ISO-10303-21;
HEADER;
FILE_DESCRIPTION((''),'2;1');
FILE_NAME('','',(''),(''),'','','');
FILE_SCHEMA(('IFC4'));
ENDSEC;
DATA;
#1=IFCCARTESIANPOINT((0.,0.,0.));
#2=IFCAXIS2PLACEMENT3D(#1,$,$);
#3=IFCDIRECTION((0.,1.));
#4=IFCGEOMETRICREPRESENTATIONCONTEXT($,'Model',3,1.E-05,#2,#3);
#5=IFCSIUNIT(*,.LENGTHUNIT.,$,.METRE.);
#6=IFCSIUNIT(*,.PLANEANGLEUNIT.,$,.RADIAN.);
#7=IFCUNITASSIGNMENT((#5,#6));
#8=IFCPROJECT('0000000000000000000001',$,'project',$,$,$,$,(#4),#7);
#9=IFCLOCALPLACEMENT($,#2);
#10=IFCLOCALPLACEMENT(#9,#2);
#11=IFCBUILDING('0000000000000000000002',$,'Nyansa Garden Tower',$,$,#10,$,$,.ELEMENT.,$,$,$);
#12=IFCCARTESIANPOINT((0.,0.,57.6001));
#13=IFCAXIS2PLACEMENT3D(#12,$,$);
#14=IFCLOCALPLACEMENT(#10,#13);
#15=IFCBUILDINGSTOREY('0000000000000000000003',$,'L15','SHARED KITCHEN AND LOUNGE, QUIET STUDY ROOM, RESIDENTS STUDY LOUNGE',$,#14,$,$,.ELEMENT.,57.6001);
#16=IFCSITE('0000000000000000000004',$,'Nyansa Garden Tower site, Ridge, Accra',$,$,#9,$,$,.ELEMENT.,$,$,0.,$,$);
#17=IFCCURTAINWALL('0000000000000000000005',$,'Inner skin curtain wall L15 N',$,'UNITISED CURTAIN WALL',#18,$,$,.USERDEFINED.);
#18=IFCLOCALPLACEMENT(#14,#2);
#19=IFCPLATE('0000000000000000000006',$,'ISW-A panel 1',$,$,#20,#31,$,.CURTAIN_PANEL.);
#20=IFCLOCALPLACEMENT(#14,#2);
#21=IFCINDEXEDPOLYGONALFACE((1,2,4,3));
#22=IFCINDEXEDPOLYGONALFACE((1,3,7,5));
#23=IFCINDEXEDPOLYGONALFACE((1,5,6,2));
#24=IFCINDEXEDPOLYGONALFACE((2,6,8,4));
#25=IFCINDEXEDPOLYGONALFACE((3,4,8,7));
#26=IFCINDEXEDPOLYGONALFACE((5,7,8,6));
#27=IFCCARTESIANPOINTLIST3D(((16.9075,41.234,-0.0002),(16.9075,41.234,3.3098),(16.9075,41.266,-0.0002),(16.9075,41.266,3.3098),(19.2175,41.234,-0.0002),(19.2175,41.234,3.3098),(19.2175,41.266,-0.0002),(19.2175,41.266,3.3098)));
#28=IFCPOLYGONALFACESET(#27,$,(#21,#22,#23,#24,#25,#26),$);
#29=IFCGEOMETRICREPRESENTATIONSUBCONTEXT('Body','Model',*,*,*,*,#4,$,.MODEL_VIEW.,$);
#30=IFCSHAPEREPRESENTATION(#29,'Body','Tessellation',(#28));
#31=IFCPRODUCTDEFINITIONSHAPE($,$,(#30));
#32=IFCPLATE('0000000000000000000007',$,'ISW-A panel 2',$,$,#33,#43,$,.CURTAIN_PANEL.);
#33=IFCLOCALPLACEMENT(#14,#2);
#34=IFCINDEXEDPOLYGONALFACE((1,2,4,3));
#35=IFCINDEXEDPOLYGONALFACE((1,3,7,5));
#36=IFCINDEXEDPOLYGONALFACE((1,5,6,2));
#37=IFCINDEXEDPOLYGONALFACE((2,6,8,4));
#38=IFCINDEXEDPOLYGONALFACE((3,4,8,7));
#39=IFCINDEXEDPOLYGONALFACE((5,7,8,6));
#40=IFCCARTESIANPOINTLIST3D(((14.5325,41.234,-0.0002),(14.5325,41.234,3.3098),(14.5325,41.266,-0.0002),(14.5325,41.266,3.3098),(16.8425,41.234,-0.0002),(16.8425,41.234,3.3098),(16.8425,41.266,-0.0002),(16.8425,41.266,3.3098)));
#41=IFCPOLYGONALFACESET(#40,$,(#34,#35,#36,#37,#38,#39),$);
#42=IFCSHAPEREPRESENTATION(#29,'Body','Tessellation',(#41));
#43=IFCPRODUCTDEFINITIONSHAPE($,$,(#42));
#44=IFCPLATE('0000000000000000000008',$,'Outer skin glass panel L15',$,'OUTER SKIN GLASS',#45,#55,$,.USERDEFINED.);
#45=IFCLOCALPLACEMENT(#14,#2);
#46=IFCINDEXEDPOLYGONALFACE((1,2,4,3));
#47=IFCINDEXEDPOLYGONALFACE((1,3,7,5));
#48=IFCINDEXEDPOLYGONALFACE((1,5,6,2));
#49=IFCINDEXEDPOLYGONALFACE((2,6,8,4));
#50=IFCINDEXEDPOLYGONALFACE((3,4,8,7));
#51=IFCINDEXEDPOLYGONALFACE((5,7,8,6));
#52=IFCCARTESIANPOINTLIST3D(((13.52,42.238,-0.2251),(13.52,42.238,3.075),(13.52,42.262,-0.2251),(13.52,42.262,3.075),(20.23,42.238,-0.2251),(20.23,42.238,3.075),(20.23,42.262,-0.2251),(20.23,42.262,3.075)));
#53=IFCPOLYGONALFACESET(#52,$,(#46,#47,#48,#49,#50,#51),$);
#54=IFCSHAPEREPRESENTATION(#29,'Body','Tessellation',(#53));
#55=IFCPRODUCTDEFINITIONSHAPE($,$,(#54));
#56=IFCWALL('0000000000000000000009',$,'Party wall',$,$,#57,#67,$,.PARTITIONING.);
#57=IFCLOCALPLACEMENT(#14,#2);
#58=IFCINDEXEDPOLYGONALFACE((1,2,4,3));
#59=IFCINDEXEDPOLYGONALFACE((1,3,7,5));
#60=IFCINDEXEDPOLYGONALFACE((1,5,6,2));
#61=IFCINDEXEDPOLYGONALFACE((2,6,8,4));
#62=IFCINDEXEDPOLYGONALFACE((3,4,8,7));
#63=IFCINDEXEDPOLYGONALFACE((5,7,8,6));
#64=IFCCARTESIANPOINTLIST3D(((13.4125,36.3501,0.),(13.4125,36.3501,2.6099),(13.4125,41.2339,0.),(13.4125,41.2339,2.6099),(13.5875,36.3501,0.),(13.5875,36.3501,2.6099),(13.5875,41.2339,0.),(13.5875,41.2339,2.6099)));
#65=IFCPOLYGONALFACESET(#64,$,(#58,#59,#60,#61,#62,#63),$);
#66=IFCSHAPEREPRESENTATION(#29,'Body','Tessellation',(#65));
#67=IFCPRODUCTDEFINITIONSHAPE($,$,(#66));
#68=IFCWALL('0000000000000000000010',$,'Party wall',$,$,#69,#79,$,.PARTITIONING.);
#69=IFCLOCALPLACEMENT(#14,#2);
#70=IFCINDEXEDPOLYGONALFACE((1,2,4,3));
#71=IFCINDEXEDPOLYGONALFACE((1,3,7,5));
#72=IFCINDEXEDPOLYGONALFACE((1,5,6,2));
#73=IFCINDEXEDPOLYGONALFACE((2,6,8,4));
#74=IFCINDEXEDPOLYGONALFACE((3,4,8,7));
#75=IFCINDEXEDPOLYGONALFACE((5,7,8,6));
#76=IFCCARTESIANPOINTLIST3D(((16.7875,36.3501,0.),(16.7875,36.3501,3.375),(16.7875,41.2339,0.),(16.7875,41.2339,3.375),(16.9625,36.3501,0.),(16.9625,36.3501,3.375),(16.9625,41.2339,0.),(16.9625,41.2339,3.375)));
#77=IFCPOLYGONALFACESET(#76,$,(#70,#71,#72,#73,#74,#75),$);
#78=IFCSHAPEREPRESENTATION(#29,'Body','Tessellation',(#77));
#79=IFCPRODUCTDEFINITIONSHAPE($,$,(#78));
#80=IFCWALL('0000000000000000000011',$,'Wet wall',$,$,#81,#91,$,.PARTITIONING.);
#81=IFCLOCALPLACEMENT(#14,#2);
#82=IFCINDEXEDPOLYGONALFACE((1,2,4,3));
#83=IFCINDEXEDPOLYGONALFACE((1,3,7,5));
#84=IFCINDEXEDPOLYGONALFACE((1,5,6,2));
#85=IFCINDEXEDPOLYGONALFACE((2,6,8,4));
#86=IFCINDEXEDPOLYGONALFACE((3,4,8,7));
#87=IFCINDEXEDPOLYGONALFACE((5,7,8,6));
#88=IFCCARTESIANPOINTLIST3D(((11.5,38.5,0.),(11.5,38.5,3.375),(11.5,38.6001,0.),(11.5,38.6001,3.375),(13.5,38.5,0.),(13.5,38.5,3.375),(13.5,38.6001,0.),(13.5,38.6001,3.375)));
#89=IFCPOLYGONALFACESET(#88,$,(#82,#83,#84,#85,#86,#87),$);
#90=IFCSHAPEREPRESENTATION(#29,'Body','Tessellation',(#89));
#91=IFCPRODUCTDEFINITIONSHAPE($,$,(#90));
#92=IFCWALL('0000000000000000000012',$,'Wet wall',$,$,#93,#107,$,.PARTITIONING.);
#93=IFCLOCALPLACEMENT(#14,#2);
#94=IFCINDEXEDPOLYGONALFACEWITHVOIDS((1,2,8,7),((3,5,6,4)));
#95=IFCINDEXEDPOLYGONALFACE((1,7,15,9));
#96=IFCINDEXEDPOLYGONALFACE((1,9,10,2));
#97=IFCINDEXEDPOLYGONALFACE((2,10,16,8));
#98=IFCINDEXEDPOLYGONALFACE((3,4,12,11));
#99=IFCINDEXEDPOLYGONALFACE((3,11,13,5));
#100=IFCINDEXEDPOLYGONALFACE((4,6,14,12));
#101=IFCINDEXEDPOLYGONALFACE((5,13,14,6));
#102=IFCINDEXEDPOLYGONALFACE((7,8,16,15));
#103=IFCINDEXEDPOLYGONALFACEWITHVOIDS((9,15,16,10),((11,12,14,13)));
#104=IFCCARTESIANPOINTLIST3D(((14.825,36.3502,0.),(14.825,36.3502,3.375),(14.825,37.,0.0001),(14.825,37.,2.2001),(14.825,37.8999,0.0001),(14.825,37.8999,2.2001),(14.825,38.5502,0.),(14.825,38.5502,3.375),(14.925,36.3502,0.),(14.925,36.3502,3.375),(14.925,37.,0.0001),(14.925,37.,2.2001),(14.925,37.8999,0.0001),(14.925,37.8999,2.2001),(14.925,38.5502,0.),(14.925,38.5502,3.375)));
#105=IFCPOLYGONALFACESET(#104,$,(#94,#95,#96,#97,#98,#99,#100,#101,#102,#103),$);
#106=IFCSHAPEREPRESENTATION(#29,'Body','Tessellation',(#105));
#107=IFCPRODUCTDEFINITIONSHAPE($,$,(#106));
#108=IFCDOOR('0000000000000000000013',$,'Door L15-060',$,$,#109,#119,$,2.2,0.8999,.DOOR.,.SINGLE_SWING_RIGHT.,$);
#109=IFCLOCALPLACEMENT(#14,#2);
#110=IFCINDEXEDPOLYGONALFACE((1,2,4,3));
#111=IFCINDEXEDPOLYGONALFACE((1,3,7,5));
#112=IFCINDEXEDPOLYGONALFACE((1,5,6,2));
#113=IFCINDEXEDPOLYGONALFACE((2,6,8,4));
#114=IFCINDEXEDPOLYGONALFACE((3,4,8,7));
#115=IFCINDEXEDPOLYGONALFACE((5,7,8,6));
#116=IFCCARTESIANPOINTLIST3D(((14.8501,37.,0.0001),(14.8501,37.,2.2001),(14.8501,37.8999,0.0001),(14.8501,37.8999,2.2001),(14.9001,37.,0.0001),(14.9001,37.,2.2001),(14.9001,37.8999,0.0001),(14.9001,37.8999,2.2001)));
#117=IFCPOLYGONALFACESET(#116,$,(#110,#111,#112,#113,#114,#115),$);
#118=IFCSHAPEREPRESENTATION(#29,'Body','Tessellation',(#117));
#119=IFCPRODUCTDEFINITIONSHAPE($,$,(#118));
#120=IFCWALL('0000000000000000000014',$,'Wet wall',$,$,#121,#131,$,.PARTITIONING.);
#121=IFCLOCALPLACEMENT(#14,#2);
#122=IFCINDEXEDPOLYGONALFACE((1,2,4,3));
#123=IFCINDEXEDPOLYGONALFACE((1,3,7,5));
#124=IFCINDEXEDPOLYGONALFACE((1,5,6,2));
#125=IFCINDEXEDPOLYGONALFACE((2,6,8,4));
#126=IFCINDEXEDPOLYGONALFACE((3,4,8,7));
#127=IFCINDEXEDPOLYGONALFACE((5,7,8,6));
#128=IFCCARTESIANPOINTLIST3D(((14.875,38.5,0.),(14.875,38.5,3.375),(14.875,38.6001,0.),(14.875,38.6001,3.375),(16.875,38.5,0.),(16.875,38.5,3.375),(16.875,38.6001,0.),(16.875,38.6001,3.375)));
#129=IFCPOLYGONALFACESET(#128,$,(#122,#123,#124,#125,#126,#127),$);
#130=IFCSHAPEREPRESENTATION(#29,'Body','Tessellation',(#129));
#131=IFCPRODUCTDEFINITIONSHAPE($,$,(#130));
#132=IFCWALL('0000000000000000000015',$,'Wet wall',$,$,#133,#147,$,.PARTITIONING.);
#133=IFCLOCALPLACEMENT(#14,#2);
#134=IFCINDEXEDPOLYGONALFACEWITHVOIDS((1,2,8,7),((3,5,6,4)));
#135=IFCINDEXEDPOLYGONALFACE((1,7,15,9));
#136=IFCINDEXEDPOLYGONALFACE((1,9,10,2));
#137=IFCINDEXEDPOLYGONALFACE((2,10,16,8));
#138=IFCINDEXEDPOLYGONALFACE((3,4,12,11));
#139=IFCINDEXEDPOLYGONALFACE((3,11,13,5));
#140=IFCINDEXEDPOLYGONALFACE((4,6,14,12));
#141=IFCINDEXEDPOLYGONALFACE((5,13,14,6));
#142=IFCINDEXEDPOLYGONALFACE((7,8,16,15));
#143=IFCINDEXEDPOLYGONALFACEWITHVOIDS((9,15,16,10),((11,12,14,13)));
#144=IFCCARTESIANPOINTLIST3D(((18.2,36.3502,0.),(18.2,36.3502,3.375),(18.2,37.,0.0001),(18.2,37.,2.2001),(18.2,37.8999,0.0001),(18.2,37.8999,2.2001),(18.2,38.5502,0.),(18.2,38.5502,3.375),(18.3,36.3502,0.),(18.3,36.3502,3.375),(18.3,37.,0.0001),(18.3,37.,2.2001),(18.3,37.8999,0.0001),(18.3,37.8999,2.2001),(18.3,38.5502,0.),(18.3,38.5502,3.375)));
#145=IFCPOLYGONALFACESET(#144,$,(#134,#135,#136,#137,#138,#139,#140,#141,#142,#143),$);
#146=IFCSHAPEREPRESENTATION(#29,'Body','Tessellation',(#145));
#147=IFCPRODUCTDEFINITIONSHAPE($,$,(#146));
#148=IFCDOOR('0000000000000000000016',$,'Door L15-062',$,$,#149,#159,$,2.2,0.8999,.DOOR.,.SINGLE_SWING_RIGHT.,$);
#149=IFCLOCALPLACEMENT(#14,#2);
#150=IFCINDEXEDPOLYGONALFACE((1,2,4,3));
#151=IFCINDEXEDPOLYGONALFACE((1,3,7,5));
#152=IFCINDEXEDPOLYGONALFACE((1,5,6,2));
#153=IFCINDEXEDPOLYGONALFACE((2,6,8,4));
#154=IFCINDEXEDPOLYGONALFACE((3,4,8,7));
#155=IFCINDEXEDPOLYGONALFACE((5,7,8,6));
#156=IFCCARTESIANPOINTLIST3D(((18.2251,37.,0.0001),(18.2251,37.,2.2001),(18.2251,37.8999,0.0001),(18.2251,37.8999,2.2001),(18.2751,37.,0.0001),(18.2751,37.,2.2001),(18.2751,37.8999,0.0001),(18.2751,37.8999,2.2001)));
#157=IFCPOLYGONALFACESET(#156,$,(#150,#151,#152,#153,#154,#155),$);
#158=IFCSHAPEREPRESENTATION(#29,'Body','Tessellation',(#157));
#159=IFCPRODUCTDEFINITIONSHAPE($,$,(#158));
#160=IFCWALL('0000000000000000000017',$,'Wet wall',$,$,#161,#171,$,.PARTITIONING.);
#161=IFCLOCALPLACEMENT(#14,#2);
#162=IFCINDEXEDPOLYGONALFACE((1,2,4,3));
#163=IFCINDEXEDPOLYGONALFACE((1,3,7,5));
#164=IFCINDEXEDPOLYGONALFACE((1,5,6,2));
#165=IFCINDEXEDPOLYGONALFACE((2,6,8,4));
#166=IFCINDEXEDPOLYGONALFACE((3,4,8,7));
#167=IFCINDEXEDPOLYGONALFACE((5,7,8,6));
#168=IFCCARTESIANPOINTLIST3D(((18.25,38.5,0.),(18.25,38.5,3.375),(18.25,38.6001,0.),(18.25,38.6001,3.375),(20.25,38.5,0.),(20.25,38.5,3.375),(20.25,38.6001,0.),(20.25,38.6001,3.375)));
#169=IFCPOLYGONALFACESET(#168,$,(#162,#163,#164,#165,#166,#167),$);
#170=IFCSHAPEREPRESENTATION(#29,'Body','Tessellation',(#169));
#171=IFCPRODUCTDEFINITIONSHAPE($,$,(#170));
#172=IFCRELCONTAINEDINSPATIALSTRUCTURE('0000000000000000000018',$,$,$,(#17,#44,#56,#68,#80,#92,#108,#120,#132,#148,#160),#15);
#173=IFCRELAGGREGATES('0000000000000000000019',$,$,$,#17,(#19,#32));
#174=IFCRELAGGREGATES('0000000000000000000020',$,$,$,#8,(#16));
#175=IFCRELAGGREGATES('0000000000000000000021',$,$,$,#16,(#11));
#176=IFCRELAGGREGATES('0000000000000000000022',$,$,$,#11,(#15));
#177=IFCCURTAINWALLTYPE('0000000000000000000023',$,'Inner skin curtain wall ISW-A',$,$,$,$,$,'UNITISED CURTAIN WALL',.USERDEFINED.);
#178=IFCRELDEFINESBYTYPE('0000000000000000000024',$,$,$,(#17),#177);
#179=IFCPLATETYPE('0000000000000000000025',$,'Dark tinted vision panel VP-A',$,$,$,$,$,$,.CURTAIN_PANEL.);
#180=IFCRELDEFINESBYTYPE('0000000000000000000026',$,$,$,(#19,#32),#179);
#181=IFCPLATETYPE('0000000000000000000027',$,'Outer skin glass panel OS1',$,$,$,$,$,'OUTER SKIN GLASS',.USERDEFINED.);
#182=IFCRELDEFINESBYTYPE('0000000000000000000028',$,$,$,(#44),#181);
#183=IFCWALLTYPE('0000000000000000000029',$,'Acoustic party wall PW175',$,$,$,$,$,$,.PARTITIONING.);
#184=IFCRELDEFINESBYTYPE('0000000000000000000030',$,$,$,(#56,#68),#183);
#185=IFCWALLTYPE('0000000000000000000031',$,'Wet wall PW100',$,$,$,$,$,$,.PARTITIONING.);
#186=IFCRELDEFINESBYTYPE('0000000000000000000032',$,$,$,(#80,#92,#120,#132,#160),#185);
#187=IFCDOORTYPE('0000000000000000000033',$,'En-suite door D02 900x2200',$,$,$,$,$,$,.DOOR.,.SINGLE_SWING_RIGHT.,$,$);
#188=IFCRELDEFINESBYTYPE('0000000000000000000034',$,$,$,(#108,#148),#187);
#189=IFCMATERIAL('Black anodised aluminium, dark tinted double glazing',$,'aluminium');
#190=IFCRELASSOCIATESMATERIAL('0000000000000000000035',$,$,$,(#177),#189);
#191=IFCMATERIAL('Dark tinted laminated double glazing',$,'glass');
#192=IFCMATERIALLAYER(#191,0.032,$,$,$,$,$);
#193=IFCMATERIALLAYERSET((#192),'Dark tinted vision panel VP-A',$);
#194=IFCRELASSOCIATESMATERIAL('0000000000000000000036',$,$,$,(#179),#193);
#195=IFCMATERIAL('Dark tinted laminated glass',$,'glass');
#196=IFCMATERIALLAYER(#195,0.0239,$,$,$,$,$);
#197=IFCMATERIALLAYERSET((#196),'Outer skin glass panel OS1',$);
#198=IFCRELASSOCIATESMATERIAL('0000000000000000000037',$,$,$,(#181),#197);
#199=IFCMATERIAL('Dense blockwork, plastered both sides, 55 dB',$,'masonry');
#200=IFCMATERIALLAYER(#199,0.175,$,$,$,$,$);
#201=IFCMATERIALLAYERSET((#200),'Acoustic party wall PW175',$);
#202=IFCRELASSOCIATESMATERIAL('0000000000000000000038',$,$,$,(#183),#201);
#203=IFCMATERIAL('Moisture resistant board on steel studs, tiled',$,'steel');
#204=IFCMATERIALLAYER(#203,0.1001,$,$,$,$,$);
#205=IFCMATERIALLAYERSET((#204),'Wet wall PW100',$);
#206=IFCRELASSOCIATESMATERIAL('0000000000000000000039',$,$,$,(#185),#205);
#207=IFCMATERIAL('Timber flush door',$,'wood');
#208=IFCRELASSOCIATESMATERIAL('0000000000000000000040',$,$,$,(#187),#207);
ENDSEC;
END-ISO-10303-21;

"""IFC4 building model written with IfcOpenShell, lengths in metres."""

from ifc_helpers import new_model, si_unit, direction, frame, frame_2d, origin, origin_2d, place, context, subcontext, project, spatial, rectangle, extrude, material, layer, layer_set, type_object, element, fill, aggregate, save


model = new_model("IFC4")

# Units and contexts
model_context = context("Model", 3, precision=1e-05, world=origin(), true_north=direction((0.0, 1.0)))
body_context = subcontext(model_context, "Body", "Model", "MODEL_VIEW")
ifc_project = project(units=[si_unit("LENGTHUNIT", "METRE"), si_unit("PLANEANGLEUNIT", "RADIAN")], contexts=[model_context])

# Site, building, storey
site_placement = place(None, origin())
site = spatial("IfcSite", under=ifc_project, at=site_placement, Name="Nyansa Garden Tower site, Ridge, Accra", CompositionType="ELEMENT", RefElevation=0.0)
building_placement = place(site_placement, origin())
building = spatial("IfcBuilding", under=site, at=building_placement, Name="Nyansa Garden Tower", CompositionType="ELEMENT")
storey_placement = place(building_placement, frame((0.0, 0.0, 57.6001)))
storey = spatial("IfcBuildingStorey", under=building, at=storey_placement, Name="L15", Description="SHARED KITCHEN AND LOUNGE, QUIET STUDY ROOM, RESIDENTS STUDY LOUNGE", CompositionType="ELEMENT", Elevation=57.6001)

# Curtain wall
ifc_material_1 = material(Name="Black anodised aluminium, dark tinted double glazing", Category="aluminium")
curtain_wall_type = type_object("IfcCurtainWallType", Name="Inner skin curtain wall ISW-A", ElementType="UNITISED CURTAIN WALL", PredefinedType="USERDEFINED", material=ifc_material_1)
curtain_wall_1_placement = place(storey_placement, origin())
curtain_wall_1 = element("IfcCurtainWall", 1, at=curtain_wall_1_placement, inside=storey, type_object=curtain_wall_type, Name="Inner skin curtain wall L15 N", ObjectType="UNITISED CURTAIN WALL", PredefinedType="USERDEFINED")

# Plates
ifc_material_2 = material(Name="Dark tinted laminated double glazing", Category="glass")
ifc_layer_1 = layer(ifc_material_2, 0.032)
ifc_layer_set_1 = layer_set([ifc_layer_1], Name="Dark tinted vision panel VP-A")
plate_type_1 = type_object("IfcPlateType", Name="Dark tinted vision panel VP-A", PredefinedType="CURTAIN_PANEL", material=ifc_layer_set_1)
plate_1_placement = place(storey_placement, frame((18.0625, 41.25, -0.0002), z_axis=(0.0, 0.0, 1.0), x_axis=(-1.0, 0.0, 0.0)))
plate_1 = element("IfcPlate", 2, at=plate_1_placement, type_object=plate_type_1, Name="ISW-A panel 1", PredefinedType="CURTAIN_PANEL", context=body_context, shape_type="SweptSolid", body=[
    extrude(rectangle(XDim=2.3101, YDim=0.032, at=origin_2d()), origin(), (0.0, 0.0, 1.0), 3.3101),
])
plate_2_placement = place(storey_placement, frame((15.6875, 41.25, -0.0002), z_axis=(0.0, 0.0, 1.0), x_axis=(-1.0, 0.0, 0.0)))
plate_2 = element("IfcPlate", 3, at=plate_2_placement, type_object=plate_type_1, Name="ISW-A panel 2", PredefinedType="CURTAIN_PANEL", context=body_context, shape_type="SweptSolid", body=[
    extrude(rectangle(XDim=2.3101, YDim=0.032, at=origin_2d()), origin(), (0.0, 0.0, 1.0), 3.3101),
])
aggregate(curtain_wall_1, [plate_1, plate_2])
ifc_material_3 = material(Name="Dark tinted laminated glass", Category="glass")
ifc_layer_2 = layer(ifc_material_3, 0.0239)
ifc_layer_set_2 = layer_set([ifc_layer_2], Name="Outer skin glass panel OS1")
plate_type_2 = type_object("IfcPlateType", Name="Outer skin glass panel OS1", ElementType="OUTER SKIN GLASS", PredefinedType="USERDEFINED", material=ifc_layer_set_2)
plate_3_placement = place(storey_placement, frame((16.875, 42.25, -0.2251), z_axis=(0.0, 0.0, 1.0), x_axis=(1.0, 0.0, 0.0)))
element("IfcPlate", 4, at=plate_3_placement, inside=storey, type_object=plate_type_2, Name="Outer skin glass panel L15", ObjectType="OUTER SKIN GLASS", PredefinedType="USERDEFINED", context=body_context, shape_type="SweptSolid", body=[
    extrude(rectangle(XDim=6.71, YDim=0.0239, at=origin_2d()), origin(), (0.0, 0.0, 1.0), 3.3),
])

# Walls
ifc_material_4 = material(Name="Dense blockwork, plastered both sides, 55 dB", Category="masonry")
ifc_layer_3 = layer(ifc_material_4, 0.175)
ifc_layer_set_3 = layer_set([ifc_layer_3], Name="Acoustic party wall PW175")
wall_type_1 = type_object("IfcWallType", Name="Acoustic party wall PW175", PredefinedType="PARTITIONING", material=ifc_layer_set_3)
wall_1_placement = place(storey_placement, frame((13.5, 36.3501, 0.0), z_axis=(0.0, 0.0, 1.0), x_axis=(0.0, 1.0, 0.0)))
element("IfcWall", 5, at=wall_1_placement, inside=storey, type_object=wall_type_1, Name="Party wall", PredefinedType="PARTITIONING", context=body_context, shape_type="SweptSolid", body=[
    extrude(rectangle(XDim=4.8838, YDim=0.175, at=frame_2d((2.4419, 0.0))), origin(), (0.0, 0.0, 1.0), 2.6099),
])
wall_2_placement = place(storey_placement, frame((16.875, 36.3501, 0.0), z_axis=(0.0, 0.0, 1.0), x_axis=(0.0, 1.0, 0.0)))
element("IfcWall", 6, at=wall_2_placement, inside=storey, type_object=wall_type_1, Name="Party wall", PredefinedType="PARTITIONING", context=body_context, shape_type="SweptSolid", body=[
    extrude(rectangle(XDim=4.8838, YDim=0.175, at=frame_2d((2.4419, 0.0))), origin(), (0.0, 0.0, 1.0), 3.375),
])
ifc_material_5 = material(Name="Moisture resistant board on steel studs, tiled", Category="steel")
ifc_layer_4 = layer(ifc_material_5, 0.1001)
ifc_layer_set_4 = layer_set([ifc_layer_4], Name="Wet wall PW100")
wall_type_2 = type_object("IfcWallType", Name="Wet wall PW100", PredefinedType="PARTITIONING", material=ifc_layer_set_4)
wall_3_placement = place(storey_placement, frame((11.5, 38.55, 0.0), z_axis=(0.0, 0.0, 1.0), x_axis=(1.0, 0.0, 0.0)))
element("IfcWall", 7, at=wall_3_placement, inside=storey, type_object=wall_type_2, Name="Wet wall", PredefinedType="PARTITIONING", context=body_context, shape_type="SweptSolid", body=[
    extrude(rectangle(XDim=2.0, YDim=0.1001, at=frame_2d((1.0, 0.0))), origin(), (0.0, 0.0, 1.0), 3.375),
])

# Wall, opening, door
wall_4_placement = place(storey_placement, frame((14.875, 36.3501, 0.0), z_axis=(0.0, 0.0, 1.0), x_axis=(0.0, 1.0, 0.0)))
wall_4 = element("IfcWall", 8, at=wall_4_placement, inside=storey, type_object=wall_type_2, Name="Wet wall", PredefinedType="PARTITIONING", context=body_context, shape_type="SweptSolid", body=[
    extrude(rectangle(XDim=2.2, YDim=0.1001, at=frame_2d((1.1001, 0.0))), origin(), (0.0, 0.0, 1.0), 3.375),
])
opening_1_placement = place(wall_4_placement, frame((0.6499, 0.0, 0.0)))
opening_1 = element("IfcOpeningElement", 9, at=opening_1_placement, cuts=wall_4, PredefinedType="OPENING", context=body_context, shape_type="SweptSolid", body=[
    extrude(rectangle(XDim=0.8999, YDim=2.2, at=frame_2d((0.45, 1.1001))), frame((0.0, 0.0601, 0.0), z_axis=(0.0, -1.0, 0.0), x_axis=(1.0, 0.0, 0.0)), (0.0, 0.0, 1.0), 0.1201),
])
ifc_material_6 = material(Name="Timber flush door", Category="wood")
door_type = type_object("IfcDoorType", Name="En-suite door D02 900x2200", OperationType="SINGLE_SWING_RIGHT", PredefinedType="DOOR", material=ifc_material_6)
door_1_placement = place(opening_1_placement, origin())
door_1 = element("IfcDoor", 10, at=door_1_placement, inside=storey, type_object=door_type, Name="Door L15-060", OperationType="SINGLE_SWING_RIGHT", OverallHeight=2.2, OverallWidth=0.8999, PredefinedType="DOOR", context=body_context, shape_type="SweptSolid", body=[
    extrude(rectangle(XDim=0.8999, YDim=2.2, at=frame_2d((0.45, 1.1001))), frame((0.0, 0.0249, 0.0), z_axis=(0.0, -1.0, 0.0), x_axis=(1.0, 0.0, 0.0)), (0.0, 0.0, 1.0), 0.05),
])
fill(opening_1, door_1)

# Wall
wall_5_placement = place(storey_placement, frame((14.875, 38.55, 0.0), z_axis=(0.0, 0.0, 1.0), x_axis=(1.0, 0.0, 0.0)))
element("IfcWall", 11, at=wall_5_placement, inside=storey, type_object=wall_type_2, Name="Wet wall", PredefinedType="PARTITIONING", context=body_context, shape_type="SweptSolid", body=[
    extrude(rectangle(XDim=2.0, YDim=0.1001, at=frame_2d((1.0, 0.0))), origin(), (0.0, 0.0, 1.0), 3.375),
])

# Wall, opening, door
wall_6_placement = place(storey_placement, frame((18.25, 36.3501, 0.0), z_axis=(0.0, 0.0, 1.0), x_axis=(0.0, 1.0, 0.0)))
wall_6 = element("IfcWall", 12, at=wall_6_placement, inside=storey, type_object=wall_type_2, Name="Wet wall", PredefinedType="PARTITIONING", context=body_context, shape_type="SweptSolid", body=[
    extrude(rectangle(XDim=2.2, YDim=0.1001, at=frame_2d((1.1001, 0.0))), origin(), (0.0, 0.0, 1.0), 3.375),
])
opening_2_placement = place(wall_6_placement, frame((0.6499, 0.0, 0.0)))
opening_2 = element("IfcOpeningElement", 13, at=opening_2_placement, cuts=wall_6, PredefinedType="OPENING", context=body_context, shape_type="SweptSolid", body=[
    extrude(rectangle(XDim=0.8999, YDim=2.2, at=frame_2d((0.45, 1.1001))), frame((0.0, 0.0601, 0.0), z_axis=(0.0, -1.0, 0.0), x_axis=(1.0, 0.0, 0.0)), (0.0, 0.0, 1.0), 0.1201),
])
door_2_placement = place(opening_2_placement, origin())
door_2 = element("IfcDoor", 14, at=door_2_placement, inside=storey, type_object=door_type, Name="Door L15-062", OperationType="SINGLE_SWING_RIGHT", OverallHeight=2.2, OverallWidth=0.8999, PredefinedType="DOOR", context=body_context, shape_type="SweptSolid", body=[
    extrude(rectangle(XDim=0.8999, YDim=2.2, at=frame_2d((0.45, 1.1001))), frame((0.0, 0.0249, 0.0), z_axis=(0.0, -1.0, 0.0), x_axis=(1.0, 0.0, 0.0)), (0.0, 0.0, 1.0), 0.05),
])
fill(opening_2, door_2)

# Wall
wall_7_placement = place(storey_placement, frame((18.25, 38.55, 0.0), z_axis=(0.0, 0.0, 1.0), x_axis=(1.0, 0.0, 0.0)))
element("IfcWall", 15, at=wall_7_placement, inside=storey, type_object=wall_type_2, Name="Wet wall", PredefinedType="PARTITIONING", context=body_context, shape_type="SweptSolid", body=[
    extrude(rectangle(XDim=2.0, YDim=0.1001, at=frame_2d((1.0, 0.0))), origin(), (0.0, 0.0, 1.0), 3.375),
])

save(model, "model.ifc")
